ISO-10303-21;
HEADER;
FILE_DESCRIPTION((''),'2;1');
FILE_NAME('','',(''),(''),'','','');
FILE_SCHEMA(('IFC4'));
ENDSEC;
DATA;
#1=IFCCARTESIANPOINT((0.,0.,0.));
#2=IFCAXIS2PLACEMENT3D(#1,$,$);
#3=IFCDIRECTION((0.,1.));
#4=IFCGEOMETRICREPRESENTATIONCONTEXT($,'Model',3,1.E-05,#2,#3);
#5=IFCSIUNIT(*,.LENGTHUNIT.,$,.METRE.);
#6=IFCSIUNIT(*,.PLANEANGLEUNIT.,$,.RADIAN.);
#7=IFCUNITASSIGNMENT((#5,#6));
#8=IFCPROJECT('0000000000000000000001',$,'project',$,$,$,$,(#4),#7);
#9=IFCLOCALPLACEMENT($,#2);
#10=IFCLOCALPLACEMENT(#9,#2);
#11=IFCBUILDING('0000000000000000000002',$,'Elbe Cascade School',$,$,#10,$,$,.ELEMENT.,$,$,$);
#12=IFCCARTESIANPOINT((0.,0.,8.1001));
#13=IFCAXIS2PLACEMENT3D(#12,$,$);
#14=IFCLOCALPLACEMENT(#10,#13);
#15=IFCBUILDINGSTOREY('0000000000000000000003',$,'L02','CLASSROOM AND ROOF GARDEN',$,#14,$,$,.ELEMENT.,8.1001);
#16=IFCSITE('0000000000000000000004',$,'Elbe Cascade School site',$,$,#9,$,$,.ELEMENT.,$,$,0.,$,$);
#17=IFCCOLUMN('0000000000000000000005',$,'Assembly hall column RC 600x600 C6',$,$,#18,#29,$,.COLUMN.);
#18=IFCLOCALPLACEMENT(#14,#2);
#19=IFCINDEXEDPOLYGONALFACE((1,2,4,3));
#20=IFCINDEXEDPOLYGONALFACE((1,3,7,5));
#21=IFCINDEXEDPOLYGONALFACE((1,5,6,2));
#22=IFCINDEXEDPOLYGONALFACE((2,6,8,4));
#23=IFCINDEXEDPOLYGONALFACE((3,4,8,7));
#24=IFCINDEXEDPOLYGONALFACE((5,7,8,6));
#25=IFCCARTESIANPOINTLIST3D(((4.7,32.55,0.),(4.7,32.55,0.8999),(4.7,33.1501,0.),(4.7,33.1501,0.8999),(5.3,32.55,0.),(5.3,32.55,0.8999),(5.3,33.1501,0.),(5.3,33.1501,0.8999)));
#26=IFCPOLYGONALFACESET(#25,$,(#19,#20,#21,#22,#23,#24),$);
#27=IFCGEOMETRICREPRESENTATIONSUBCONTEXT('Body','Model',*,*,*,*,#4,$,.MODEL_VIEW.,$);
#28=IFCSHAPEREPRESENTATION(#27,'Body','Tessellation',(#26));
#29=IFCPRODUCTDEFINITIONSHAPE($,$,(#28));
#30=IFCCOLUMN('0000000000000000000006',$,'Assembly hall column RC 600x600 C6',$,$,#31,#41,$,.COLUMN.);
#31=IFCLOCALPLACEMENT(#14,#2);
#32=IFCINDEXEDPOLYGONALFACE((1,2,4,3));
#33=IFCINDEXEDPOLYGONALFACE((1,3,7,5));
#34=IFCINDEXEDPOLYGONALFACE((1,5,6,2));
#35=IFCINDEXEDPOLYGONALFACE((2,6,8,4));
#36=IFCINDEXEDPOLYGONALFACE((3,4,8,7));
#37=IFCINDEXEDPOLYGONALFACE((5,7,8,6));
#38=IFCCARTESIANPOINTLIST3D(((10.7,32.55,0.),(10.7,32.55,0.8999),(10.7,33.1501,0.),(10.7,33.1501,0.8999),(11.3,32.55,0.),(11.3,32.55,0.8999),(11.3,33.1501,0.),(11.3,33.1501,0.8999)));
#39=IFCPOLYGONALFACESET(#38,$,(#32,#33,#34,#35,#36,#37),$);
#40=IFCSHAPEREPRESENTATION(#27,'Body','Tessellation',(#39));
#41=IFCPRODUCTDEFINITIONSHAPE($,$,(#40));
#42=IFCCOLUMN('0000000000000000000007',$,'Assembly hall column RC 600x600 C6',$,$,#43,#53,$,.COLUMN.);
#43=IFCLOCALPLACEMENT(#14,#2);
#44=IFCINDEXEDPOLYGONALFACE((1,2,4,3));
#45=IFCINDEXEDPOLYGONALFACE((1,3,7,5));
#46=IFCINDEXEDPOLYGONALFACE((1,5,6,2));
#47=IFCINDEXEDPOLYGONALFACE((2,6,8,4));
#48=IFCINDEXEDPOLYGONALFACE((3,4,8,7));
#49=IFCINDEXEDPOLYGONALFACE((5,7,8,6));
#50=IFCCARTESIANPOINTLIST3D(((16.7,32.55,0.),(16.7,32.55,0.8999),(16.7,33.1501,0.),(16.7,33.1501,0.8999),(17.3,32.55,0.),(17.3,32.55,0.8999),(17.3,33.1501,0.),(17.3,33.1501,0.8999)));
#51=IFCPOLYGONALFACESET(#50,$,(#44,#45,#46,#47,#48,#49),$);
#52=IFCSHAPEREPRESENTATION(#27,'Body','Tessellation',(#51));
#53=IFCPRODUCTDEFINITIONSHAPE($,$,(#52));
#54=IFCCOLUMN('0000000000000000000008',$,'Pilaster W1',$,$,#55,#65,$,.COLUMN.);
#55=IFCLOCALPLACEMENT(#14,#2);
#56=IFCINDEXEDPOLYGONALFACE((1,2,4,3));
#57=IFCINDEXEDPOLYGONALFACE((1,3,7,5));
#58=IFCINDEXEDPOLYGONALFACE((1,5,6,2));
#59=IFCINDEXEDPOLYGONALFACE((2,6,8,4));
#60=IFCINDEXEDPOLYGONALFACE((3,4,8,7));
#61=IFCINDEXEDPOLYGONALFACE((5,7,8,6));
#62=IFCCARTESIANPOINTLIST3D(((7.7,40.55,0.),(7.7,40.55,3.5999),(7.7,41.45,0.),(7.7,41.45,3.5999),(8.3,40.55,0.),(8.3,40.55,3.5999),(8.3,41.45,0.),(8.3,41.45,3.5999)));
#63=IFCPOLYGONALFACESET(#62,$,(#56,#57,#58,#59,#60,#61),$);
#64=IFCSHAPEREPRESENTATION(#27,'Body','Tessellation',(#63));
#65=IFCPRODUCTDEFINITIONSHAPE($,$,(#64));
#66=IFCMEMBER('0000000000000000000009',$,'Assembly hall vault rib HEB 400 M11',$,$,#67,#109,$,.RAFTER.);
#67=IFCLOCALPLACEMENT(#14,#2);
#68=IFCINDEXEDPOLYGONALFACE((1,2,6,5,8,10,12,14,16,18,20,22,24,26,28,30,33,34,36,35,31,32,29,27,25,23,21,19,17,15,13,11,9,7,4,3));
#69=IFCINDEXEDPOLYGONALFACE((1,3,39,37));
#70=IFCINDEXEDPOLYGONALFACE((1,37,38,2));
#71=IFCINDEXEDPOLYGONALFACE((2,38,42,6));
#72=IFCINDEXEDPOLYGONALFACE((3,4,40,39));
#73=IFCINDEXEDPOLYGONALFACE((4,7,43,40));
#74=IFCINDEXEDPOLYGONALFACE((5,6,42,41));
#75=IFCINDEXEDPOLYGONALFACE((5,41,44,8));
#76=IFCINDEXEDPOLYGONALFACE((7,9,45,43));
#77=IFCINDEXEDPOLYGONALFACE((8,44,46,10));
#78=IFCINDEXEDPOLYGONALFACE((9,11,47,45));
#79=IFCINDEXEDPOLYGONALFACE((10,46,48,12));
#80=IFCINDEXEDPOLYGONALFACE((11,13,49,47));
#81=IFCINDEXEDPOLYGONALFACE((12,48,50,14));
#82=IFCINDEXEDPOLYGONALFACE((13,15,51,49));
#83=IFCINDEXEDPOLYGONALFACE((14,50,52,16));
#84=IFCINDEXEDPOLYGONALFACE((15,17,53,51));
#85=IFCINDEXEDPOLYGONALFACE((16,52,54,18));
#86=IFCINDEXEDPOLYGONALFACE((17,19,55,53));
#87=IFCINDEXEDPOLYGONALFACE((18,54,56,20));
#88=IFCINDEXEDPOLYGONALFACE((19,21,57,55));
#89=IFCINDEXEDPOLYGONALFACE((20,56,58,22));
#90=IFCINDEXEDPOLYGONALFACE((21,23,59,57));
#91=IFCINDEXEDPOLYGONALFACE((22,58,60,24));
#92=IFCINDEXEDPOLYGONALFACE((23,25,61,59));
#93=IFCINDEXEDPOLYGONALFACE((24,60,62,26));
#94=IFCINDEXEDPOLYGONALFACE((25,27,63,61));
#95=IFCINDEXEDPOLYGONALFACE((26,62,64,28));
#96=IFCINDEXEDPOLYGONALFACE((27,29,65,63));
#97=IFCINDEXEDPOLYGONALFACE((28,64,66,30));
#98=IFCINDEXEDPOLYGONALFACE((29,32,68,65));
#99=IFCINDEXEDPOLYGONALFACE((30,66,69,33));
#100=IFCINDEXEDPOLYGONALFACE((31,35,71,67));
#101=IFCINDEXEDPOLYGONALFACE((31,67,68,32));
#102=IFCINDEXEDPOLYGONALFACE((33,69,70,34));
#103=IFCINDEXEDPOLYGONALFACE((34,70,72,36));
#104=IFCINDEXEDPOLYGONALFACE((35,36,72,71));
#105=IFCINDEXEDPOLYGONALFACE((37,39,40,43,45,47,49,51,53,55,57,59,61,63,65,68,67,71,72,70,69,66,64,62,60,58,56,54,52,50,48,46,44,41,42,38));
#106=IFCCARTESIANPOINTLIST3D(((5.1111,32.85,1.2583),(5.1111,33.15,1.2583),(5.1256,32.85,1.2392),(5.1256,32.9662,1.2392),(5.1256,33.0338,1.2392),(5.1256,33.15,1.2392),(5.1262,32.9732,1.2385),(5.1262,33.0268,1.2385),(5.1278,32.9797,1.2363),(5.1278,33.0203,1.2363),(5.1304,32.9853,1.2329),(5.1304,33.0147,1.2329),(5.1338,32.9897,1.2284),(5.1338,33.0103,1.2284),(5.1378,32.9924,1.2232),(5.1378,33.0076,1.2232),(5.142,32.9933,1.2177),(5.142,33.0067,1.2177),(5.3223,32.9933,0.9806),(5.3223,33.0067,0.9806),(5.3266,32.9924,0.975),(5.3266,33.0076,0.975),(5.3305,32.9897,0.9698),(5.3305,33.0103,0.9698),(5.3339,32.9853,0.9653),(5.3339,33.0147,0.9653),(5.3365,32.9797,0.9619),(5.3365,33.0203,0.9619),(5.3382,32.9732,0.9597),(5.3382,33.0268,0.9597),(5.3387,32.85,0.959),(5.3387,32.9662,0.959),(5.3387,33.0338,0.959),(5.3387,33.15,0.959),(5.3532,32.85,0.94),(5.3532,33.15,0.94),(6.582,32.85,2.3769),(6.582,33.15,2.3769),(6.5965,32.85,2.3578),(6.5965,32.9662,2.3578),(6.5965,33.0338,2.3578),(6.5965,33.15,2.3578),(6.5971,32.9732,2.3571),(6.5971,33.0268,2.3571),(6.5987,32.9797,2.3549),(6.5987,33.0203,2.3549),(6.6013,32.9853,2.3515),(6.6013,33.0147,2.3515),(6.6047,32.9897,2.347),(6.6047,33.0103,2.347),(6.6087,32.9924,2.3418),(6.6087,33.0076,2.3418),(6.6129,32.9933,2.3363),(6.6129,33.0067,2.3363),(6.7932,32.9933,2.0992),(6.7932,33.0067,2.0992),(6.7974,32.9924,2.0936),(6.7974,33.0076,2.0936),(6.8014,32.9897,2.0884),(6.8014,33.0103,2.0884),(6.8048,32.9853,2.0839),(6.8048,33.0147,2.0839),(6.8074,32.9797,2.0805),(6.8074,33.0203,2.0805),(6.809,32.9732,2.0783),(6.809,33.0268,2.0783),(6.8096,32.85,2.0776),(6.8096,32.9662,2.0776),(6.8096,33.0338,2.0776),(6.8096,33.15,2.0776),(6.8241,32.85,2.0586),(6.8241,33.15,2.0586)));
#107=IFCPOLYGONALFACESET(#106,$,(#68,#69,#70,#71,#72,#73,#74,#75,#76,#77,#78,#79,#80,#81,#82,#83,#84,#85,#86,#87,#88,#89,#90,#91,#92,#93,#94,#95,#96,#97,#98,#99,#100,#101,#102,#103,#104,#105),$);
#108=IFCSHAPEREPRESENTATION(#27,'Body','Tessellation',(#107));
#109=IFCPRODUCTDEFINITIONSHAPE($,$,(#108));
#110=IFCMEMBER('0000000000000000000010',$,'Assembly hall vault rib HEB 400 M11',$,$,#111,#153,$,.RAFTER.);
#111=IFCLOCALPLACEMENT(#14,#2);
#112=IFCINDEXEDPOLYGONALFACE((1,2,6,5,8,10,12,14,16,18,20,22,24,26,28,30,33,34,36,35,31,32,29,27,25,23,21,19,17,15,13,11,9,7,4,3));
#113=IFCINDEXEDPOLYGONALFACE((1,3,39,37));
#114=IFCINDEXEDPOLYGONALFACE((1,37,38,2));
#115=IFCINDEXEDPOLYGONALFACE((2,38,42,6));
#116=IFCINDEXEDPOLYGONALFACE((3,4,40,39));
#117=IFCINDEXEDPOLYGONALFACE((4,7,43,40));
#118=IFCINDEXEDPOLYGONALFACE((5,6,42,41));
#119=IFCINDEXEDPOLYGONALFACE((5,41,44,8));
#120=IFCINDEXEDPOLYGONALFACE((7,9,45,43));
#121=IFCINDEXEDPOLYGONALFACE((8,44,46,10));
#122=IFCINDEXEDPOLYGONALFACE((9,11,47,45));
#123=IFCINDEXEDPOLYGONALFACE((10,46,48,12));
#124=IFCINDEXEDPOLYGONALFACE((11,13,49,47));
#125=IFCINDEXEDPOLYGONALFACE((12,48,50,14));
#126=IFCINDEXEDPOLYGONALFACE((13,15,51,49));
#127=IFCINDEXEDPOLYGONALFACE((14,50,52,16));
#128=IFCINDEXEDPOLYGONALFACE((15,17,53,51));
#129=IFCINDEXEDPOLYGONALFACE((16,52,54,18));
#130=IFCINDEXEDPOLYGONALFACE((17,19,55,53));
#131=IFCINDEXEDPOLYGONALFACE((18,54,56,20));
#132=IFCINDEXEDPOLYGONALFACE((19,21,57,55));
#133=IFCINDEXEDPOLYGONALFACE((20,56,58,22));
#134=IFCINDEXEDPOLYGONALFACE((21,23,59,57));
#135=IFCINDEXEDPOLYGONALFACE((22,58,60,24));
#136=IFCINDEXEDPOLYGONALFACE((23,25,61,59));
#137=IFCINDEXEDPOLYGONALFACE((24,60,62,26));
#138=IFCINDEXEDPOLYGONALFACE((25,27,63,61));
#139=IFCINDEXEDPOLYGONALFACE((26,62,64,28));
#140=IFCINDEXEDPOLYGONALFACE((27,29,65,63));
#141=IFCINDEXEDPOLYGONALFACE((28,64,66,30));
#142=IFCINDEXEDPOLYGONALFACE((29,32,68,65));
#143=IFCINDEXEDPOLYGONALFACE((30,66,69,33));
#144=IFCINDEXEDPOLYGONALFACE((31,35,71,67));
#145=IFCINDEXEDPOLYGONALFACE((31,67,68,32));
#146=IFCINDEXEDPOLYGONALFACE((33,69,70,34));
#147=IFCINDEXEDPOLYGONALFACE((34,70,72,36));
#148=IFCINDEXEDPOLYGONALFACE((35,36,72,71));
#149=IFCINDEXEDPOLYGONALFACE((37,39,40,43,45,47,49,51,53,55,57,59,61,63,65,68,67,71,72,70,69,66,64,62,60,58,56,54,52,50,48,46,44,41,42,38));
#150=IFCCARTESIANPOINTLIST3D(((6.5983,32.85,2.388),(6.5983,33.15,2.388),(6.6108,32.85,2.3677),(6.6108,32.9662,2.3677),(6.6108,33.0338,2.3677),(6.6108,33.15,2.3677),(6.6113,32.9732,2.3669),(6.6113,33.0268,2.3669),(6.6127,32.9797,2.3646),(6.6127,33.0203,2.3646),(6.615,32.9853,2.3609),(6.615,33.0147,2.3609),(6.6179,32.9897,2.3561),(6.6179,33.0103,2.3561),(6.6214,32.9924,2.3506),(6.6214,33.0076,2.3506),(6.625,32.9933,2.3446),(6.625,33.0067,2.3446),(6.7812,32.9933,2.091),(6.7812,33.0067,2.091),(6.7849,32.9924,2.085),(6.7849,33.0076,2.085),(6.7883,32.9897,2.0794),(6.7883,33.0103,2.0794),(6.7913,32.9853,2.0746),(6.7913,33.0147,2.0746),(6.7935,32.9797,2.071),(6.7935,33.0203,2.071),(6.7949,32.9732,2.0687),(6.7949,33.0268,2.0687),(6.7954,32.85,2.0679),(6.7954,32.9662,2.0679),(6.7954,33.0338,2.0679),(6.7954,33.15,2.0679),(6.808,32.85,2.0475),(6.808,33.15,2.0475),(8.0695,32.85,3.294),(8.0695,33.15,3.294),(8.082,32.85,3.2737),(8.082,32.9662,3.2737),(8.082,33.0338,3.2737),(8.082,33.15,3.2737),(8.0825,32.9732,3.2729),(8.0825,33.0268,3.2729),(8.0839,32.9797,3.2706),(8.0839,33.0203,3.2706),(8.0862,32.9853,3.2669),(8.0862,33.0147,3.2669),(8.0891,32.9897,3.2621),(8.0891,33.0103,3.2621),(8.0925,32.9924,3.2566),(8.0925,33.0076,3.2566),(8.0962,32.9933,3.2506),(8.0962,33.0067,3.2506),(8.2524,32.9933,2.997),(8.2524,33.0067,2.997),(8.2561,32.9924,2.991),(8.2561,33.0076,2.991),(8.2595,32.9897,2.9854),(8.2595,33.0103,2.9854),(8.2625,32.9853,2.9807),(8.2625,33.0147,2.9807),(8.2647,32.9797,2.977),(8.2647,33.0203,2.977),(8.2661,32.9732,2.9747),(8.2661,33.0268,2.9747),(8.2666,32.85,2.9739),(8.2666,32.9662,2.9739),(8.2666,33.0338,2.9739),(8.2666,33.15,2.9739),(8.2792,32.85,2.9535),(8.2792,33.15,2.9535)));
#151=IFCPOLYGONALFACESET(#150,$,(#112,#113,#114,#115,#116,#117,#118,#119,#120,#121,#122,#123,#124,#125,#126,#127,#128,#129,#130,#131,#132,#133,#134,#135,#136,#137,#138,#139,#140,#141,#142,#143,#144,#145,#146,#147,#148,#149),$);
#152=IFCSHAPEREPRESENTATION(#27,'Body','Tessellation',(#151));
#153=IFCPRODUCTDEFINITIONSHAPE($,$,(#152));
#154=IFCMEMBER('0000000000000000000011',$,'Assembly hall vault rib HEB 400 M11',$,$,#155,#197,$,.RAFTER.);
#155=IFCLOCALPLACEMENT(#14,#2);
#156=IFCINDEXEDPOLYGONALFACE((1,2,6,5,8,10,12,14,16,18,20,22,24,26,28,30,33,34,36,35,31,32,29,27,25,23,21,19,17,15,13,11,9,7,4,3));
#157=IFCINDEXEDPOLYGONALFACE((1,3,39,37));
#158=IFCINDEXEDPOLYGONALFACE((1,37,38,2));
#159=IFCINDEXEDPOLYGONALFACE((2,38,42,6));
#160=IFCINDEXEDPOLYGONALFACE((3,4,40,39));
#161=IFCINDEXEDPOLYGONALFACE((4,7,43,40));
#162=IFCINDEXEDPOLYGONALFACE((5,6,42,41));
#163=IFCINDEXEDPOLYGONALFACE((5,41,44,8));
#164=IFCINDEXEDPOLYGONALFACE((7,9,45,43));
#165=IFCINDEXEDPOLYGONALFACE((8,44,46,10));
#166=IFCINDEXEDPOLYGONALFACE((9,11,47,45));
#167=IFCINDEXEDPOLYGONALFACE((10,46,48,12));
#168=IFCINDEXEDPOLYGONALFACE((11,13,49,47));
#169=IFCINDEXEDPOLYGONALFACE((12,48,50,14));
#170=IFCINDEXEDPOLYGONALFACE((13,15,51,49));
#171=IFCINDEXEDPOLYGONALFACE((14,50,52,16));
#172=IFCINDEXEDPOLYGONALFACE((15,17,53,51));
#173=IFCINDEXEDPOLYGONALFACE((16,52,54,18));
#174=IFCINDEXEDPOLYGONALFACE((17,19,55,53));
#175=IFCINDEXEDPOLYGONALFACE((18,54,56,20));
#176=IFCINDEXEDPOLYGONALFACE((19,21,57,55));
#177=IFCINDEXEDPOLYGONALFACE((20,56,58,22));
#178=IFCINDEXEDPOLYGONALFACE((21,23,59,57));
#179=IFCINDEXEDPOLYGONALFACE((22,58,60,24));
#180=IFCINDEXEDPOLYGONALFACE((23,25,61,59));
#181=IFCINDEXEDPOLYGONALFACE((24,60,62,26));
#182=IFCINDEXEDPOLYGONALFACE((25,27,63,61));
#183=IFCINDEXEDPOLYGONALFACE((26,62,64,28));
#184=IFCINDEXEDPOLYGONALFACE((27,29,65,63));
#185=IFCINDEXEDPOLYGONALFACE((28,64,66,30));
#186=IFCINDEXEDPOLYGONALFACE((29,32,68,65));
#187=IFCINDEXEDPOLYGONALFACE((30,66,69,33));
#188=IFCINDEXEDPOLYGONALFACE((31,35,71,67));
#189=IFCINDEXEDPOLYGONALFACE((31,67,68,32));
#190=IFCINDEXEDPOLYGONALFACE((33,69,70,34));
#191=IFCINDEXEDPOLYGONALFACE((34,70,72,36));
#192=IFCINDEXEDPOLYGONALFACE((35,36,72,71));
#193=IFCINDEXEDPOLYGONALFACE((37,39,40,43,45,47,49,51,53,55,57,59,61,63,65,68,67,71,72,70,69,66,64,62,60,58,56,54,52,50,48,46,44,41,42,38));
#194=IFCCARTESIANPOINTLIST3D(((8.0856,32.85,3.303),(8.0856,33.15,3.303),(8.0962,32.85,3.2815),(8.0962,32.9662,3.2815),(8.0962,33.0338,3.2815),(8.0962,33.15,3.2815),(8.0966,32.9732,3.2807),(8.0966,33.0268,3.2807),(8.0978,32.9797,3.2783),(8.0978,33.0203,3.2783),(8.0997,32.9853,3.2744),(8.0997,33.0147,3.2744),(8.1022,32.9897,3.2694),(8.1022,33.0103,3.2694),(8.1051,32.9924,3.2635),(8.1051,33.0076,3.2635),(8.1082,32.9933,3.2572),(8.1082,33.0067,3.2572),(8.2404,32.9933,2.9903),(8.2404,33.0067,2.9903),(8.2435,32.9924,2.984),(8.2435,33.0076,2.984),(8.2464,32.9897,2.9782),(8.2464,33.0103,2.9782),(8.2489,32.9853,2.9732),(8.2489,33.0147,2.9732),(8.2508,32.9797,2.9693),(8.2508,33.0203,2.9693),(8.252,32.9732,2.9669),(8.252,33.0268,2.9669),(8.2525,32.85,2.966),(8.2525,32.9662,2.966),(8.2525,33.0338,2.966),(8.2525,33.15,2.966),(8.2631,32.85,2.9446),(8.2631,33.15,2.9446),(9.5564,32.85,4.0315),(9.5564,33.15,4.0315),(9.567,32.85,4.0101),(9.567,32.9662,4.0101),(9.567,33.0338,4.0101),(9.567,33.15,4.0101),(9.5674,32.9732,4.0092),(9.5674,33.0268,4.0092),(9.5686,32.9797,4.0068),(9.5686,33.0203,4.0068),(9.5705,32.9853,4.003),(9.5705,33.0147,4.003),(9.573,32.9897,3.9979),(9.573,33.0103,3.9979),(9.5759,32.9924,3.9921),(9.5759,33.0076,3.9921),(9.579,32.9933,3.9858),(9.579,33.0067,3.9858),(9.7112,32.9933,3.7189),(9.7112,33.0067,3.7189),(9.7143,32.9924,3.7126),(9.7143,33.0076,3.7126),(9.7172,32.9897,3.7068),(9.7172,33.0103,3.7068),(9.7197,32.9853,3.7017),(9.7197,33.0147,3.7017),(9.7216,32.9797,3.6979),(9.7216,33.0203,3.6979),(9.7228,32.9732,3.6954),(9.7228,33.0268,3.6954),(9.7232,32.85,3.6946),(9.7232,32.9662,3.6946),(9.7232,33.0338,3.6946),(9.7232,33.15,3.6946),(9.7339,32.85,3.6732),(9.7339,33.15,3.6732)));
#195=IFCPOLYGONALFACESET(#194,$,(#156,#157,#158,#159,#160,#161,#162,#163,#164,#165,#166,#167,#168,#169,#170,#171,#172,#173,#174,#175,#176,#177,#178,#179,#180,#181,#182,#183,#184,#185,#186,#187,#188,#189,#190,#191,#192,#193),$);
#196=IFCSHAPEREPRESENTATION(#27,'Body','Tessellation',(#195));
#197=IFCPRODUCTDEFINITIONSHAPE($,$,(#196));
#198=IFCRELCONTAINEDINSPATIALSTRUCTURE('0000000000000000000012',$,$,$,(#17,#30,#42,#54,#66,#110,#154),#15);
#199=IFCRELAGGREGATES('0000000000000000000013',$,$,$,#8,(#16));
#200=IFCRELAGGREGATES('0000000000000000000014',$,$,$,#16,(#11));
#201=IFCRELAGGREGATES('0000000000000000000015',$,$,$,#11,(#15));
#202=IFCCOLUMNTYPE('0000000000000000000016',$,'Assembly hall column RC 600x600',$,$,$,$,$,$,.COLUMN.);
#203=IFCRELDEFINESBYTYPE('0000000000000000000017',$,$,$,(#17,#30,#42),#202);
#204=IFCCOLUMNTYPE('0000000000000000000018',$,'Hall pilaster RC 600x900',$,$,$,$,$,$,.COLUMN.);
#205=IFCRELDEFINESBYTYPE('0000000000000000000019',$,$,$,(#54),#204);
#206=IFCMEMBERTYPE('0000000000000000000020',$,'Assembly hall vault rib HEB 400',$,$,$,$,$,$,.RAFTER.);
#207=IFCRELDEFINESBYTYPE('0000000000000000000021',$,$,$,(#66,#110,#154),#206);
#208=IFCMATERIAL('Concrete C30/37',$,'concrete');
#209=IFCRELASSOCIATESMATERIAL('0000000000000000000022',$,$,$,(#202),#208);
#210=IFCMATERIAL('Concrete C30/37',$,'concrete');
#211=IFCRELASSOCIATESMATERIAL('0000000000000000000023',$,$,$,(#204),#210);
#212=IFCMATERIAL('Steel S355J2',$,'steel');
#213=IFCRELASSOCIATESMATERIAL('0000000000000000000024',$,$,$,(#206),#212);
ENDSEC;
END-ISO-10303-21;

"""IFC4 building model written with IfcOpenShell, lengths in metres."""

from ifc_helpers import new_model, si_unit, direction, frame, origin, origin_2d, place, context, subcontext, project, spatial, rectangle, i_section, extrude, material, material_profile, profile_set, type_object, element, save


model = new_model("IFC4")

# Units and contexts
model_context = context("Model", 3, precision=1e-05, world=origin(), true_north=direction((0.0, 1.0)))
body_context = subcontext(model_context, "Body", "Model", "MODEL_VIEW")
ifc_project = project(units=[si_unit("LENGTHUNIT", "METRE"), si_unit("PLANEANGLEUNIT", "RADIAN")], contexts=[model_context])

# Site, building, storey
site_placement = place(None, origin())
site = spatial("IfcSite", under=ifc_project, at=site_placement, Name="Elbe Cascade School site", CompositionType="ELEMENT", RefElevation=0.0)
building_placement = place(site_placement, origin())
building = spatial("IfcBuilding", under=site, at=building_placement, Name="Elbe Cascade School", CompositionType="ELEMENT")
storey_placement = place(building_placement, frame((0.0, 0.0, 8.1001)))
storey = spatial("IfcBuildingStorey", under=building, at=storey_placement, Name="L02", Description="CLASSROOM AND ROOF GARDEN", CompositionType="ELEMENT", Elevation=8.1001)

# Columns
ifc_material_1 = material(Name="Concrete C30/37", Category="concrete")
ifc_material_profile_1 = material_profile(ifc_material_1, rectangle(XDim=0.6001, YDim=0.6001, at=origin_2d()), Name="RC 600x600")
ifc_profile_set_1 = profile_set([ifc_material_profile_1], Name="Concrete C30/37")
column_type_1 = type_object("IfcColumnType", Name="Assembly hall column RC 600x600", PredefinedType="COLUMN", material=ifc_profile_set_1)
for number, where, z_axis, x_axis, name in (
    (1, (5.0, 32.8501, 0.0), (0.0, 0.0, 1.0), (1.0, 0.0, 0.0), "Assembly hall column RC 600x600 C6"),
    (2, (11.0, 32.8501, 0.0), (0.0, 0.0, 1.0), (1.0, 0.0, 0.0), "Assembly hall column RC 600x600 C6"),
    (3, (17.0, 32.8501, 0.0), (0.0, 0.0, 1.0), (1.0, 0.0, 0.0), "Assembly hall column RC 600x600 C6"),
):
    element("IfcColumn", number, at=place(storey_placement, frame(where, z_axis=z_axis, x_axis=x_axis)), inside=storey, type_object=column_type_1, Name=name, PredefinedType="COLUMN", context=body_context, shape_type="SweptSolid", body=[
        extrude(rectangle(XDim=0.6001, YDim=0.6001, at=origin_2d()), origin(), (0.0, 0.0, 1.0), 0.8999),
    ])
ifc_material_2 = material(Name="Concrete C30/37", Category="concrete")
ifc_material_profile_2 = material_profile(ifc_material_2, rectangle(XDim=0.6001, YDim=0.8999, at=origin_2d()), Name="RC 600x900")
ifc_profile_set_2 = profile_set([ifc_material_profile_2], Name="Concrete C30/37")
column_type_2 = type_object("IfcColumnType", Name="Hall pilaster RC 600x900", PredefinedType="COLUMN", material=ifc_profile_set_2)
column_placement = place(storey_placement, frame((8.0, 41.0, 0.0), z_axis=(0.0, 0.0, 1.0), x_axis=(1.0, 0.0, 0.0)))
element("IfcColumn", 4, at=column_placement, inside=storey, type_object=column_type_2, Name="Pilaster W1", PredefinedType="COLUMN", context=body_context, shape_type="SweptSolid", body=[
    extrude(rectangle(XDim=0.6001, YDim=0.8999, at=origin_2d()), origin(), (0.0, 0.0, 1.0), 3.5999),
])

# Members
ifc_material_3 = material(Name="Steel S355J2", Category="steel")
ifc_material_profile_3 = material_profile(ifc_material_3, i_section(OverallWidth=0.3, OverallDepth=0.3999, WebThickness=0.0134, FlangeThickness=0.0239, FilletRadius=0.0271, at=origin_2d()), Name="HEB 400")
ifc_profile_set_3 = profile_set([ifc_material_profile_3], Name="Steel S355J2")
member_type_1 = type_object("IfcMemberType", Name="Assembly hall vault rib HEB 400", PredefinedType="RAFTER", material=ifc_profile_set_3)
member_1_placement = place(storey_placement, frame((5.2322, 33.0, 1.0991), z_axis=(0.795971, 0.0, 0.605334), x_axis=(0.0, 1.0, 0.0)))
element("IfcMember", 5, at=member_1_placement, inside=storey, type_object=member_type_1, Name="Assembly hall vault rib HEB 400 M11", PredefinedType="RAFTER", context=body_context, shape_type="SweptSolid", body=[
    extrude(i_section(OverallWidth=0.3, OverallDepth=0.3999, WebThickness=0.0134, FlangeThickness=0.0239, FilletRadius=0.0271, at=origin_2d()), origin(), (0.0, 0.0, 1.0), 1.8479),
])
member_2_placement = place(storey_placement, frame((6.7031, 33.0, 2.2178), z_axis=(0.851488, 0.0, 0.524373), x_axis=(0.0, 1.0, 0.0)))
element("IfcMember", 6, at=member_2_placement, inside=storey, type_object=member_type_1, Name="Assembly hall vault rib HEB 400 M11", PredefinedType="RAFTER", context=body_context, shape_type="SweptSolid", body=[
    extrude(i_section(OverallWidth=0.3, OverallDepth=0.3999, WebThickness=0.0134, FlangeThickness=0.0239, FilletRadius=0.0271, at=origin_2d()), origin(), (0.0, 0.0, 1.0), 1.7278),
])
member_3_placement = place(storey_placement, frame((8.1743, 33.0, 3.1238), z_axis=(0.896087, 0.0, 0.443878), x_axis=(0.0, 1.0, 0.0)))
element("IfcMember", 7, at=member_3_placement, inside=storey, type_object=member_type_1, Name="Assembly hall vault rib HEB 400 M11", PredefinedType="RAFTER", context=body_context, shape_type="SweptSolid", body=[
    extrude(i_section(OverallWidth=0.3, OverallDepth=0.3999, WebThickness=0.0134, FlangeThickness=0.0239, FilletRadius=0.0271, at=origin_2d()), origin(), (0.0, 0.0, 1.0), 1.6414),
])

save(model, "model.ifc")
